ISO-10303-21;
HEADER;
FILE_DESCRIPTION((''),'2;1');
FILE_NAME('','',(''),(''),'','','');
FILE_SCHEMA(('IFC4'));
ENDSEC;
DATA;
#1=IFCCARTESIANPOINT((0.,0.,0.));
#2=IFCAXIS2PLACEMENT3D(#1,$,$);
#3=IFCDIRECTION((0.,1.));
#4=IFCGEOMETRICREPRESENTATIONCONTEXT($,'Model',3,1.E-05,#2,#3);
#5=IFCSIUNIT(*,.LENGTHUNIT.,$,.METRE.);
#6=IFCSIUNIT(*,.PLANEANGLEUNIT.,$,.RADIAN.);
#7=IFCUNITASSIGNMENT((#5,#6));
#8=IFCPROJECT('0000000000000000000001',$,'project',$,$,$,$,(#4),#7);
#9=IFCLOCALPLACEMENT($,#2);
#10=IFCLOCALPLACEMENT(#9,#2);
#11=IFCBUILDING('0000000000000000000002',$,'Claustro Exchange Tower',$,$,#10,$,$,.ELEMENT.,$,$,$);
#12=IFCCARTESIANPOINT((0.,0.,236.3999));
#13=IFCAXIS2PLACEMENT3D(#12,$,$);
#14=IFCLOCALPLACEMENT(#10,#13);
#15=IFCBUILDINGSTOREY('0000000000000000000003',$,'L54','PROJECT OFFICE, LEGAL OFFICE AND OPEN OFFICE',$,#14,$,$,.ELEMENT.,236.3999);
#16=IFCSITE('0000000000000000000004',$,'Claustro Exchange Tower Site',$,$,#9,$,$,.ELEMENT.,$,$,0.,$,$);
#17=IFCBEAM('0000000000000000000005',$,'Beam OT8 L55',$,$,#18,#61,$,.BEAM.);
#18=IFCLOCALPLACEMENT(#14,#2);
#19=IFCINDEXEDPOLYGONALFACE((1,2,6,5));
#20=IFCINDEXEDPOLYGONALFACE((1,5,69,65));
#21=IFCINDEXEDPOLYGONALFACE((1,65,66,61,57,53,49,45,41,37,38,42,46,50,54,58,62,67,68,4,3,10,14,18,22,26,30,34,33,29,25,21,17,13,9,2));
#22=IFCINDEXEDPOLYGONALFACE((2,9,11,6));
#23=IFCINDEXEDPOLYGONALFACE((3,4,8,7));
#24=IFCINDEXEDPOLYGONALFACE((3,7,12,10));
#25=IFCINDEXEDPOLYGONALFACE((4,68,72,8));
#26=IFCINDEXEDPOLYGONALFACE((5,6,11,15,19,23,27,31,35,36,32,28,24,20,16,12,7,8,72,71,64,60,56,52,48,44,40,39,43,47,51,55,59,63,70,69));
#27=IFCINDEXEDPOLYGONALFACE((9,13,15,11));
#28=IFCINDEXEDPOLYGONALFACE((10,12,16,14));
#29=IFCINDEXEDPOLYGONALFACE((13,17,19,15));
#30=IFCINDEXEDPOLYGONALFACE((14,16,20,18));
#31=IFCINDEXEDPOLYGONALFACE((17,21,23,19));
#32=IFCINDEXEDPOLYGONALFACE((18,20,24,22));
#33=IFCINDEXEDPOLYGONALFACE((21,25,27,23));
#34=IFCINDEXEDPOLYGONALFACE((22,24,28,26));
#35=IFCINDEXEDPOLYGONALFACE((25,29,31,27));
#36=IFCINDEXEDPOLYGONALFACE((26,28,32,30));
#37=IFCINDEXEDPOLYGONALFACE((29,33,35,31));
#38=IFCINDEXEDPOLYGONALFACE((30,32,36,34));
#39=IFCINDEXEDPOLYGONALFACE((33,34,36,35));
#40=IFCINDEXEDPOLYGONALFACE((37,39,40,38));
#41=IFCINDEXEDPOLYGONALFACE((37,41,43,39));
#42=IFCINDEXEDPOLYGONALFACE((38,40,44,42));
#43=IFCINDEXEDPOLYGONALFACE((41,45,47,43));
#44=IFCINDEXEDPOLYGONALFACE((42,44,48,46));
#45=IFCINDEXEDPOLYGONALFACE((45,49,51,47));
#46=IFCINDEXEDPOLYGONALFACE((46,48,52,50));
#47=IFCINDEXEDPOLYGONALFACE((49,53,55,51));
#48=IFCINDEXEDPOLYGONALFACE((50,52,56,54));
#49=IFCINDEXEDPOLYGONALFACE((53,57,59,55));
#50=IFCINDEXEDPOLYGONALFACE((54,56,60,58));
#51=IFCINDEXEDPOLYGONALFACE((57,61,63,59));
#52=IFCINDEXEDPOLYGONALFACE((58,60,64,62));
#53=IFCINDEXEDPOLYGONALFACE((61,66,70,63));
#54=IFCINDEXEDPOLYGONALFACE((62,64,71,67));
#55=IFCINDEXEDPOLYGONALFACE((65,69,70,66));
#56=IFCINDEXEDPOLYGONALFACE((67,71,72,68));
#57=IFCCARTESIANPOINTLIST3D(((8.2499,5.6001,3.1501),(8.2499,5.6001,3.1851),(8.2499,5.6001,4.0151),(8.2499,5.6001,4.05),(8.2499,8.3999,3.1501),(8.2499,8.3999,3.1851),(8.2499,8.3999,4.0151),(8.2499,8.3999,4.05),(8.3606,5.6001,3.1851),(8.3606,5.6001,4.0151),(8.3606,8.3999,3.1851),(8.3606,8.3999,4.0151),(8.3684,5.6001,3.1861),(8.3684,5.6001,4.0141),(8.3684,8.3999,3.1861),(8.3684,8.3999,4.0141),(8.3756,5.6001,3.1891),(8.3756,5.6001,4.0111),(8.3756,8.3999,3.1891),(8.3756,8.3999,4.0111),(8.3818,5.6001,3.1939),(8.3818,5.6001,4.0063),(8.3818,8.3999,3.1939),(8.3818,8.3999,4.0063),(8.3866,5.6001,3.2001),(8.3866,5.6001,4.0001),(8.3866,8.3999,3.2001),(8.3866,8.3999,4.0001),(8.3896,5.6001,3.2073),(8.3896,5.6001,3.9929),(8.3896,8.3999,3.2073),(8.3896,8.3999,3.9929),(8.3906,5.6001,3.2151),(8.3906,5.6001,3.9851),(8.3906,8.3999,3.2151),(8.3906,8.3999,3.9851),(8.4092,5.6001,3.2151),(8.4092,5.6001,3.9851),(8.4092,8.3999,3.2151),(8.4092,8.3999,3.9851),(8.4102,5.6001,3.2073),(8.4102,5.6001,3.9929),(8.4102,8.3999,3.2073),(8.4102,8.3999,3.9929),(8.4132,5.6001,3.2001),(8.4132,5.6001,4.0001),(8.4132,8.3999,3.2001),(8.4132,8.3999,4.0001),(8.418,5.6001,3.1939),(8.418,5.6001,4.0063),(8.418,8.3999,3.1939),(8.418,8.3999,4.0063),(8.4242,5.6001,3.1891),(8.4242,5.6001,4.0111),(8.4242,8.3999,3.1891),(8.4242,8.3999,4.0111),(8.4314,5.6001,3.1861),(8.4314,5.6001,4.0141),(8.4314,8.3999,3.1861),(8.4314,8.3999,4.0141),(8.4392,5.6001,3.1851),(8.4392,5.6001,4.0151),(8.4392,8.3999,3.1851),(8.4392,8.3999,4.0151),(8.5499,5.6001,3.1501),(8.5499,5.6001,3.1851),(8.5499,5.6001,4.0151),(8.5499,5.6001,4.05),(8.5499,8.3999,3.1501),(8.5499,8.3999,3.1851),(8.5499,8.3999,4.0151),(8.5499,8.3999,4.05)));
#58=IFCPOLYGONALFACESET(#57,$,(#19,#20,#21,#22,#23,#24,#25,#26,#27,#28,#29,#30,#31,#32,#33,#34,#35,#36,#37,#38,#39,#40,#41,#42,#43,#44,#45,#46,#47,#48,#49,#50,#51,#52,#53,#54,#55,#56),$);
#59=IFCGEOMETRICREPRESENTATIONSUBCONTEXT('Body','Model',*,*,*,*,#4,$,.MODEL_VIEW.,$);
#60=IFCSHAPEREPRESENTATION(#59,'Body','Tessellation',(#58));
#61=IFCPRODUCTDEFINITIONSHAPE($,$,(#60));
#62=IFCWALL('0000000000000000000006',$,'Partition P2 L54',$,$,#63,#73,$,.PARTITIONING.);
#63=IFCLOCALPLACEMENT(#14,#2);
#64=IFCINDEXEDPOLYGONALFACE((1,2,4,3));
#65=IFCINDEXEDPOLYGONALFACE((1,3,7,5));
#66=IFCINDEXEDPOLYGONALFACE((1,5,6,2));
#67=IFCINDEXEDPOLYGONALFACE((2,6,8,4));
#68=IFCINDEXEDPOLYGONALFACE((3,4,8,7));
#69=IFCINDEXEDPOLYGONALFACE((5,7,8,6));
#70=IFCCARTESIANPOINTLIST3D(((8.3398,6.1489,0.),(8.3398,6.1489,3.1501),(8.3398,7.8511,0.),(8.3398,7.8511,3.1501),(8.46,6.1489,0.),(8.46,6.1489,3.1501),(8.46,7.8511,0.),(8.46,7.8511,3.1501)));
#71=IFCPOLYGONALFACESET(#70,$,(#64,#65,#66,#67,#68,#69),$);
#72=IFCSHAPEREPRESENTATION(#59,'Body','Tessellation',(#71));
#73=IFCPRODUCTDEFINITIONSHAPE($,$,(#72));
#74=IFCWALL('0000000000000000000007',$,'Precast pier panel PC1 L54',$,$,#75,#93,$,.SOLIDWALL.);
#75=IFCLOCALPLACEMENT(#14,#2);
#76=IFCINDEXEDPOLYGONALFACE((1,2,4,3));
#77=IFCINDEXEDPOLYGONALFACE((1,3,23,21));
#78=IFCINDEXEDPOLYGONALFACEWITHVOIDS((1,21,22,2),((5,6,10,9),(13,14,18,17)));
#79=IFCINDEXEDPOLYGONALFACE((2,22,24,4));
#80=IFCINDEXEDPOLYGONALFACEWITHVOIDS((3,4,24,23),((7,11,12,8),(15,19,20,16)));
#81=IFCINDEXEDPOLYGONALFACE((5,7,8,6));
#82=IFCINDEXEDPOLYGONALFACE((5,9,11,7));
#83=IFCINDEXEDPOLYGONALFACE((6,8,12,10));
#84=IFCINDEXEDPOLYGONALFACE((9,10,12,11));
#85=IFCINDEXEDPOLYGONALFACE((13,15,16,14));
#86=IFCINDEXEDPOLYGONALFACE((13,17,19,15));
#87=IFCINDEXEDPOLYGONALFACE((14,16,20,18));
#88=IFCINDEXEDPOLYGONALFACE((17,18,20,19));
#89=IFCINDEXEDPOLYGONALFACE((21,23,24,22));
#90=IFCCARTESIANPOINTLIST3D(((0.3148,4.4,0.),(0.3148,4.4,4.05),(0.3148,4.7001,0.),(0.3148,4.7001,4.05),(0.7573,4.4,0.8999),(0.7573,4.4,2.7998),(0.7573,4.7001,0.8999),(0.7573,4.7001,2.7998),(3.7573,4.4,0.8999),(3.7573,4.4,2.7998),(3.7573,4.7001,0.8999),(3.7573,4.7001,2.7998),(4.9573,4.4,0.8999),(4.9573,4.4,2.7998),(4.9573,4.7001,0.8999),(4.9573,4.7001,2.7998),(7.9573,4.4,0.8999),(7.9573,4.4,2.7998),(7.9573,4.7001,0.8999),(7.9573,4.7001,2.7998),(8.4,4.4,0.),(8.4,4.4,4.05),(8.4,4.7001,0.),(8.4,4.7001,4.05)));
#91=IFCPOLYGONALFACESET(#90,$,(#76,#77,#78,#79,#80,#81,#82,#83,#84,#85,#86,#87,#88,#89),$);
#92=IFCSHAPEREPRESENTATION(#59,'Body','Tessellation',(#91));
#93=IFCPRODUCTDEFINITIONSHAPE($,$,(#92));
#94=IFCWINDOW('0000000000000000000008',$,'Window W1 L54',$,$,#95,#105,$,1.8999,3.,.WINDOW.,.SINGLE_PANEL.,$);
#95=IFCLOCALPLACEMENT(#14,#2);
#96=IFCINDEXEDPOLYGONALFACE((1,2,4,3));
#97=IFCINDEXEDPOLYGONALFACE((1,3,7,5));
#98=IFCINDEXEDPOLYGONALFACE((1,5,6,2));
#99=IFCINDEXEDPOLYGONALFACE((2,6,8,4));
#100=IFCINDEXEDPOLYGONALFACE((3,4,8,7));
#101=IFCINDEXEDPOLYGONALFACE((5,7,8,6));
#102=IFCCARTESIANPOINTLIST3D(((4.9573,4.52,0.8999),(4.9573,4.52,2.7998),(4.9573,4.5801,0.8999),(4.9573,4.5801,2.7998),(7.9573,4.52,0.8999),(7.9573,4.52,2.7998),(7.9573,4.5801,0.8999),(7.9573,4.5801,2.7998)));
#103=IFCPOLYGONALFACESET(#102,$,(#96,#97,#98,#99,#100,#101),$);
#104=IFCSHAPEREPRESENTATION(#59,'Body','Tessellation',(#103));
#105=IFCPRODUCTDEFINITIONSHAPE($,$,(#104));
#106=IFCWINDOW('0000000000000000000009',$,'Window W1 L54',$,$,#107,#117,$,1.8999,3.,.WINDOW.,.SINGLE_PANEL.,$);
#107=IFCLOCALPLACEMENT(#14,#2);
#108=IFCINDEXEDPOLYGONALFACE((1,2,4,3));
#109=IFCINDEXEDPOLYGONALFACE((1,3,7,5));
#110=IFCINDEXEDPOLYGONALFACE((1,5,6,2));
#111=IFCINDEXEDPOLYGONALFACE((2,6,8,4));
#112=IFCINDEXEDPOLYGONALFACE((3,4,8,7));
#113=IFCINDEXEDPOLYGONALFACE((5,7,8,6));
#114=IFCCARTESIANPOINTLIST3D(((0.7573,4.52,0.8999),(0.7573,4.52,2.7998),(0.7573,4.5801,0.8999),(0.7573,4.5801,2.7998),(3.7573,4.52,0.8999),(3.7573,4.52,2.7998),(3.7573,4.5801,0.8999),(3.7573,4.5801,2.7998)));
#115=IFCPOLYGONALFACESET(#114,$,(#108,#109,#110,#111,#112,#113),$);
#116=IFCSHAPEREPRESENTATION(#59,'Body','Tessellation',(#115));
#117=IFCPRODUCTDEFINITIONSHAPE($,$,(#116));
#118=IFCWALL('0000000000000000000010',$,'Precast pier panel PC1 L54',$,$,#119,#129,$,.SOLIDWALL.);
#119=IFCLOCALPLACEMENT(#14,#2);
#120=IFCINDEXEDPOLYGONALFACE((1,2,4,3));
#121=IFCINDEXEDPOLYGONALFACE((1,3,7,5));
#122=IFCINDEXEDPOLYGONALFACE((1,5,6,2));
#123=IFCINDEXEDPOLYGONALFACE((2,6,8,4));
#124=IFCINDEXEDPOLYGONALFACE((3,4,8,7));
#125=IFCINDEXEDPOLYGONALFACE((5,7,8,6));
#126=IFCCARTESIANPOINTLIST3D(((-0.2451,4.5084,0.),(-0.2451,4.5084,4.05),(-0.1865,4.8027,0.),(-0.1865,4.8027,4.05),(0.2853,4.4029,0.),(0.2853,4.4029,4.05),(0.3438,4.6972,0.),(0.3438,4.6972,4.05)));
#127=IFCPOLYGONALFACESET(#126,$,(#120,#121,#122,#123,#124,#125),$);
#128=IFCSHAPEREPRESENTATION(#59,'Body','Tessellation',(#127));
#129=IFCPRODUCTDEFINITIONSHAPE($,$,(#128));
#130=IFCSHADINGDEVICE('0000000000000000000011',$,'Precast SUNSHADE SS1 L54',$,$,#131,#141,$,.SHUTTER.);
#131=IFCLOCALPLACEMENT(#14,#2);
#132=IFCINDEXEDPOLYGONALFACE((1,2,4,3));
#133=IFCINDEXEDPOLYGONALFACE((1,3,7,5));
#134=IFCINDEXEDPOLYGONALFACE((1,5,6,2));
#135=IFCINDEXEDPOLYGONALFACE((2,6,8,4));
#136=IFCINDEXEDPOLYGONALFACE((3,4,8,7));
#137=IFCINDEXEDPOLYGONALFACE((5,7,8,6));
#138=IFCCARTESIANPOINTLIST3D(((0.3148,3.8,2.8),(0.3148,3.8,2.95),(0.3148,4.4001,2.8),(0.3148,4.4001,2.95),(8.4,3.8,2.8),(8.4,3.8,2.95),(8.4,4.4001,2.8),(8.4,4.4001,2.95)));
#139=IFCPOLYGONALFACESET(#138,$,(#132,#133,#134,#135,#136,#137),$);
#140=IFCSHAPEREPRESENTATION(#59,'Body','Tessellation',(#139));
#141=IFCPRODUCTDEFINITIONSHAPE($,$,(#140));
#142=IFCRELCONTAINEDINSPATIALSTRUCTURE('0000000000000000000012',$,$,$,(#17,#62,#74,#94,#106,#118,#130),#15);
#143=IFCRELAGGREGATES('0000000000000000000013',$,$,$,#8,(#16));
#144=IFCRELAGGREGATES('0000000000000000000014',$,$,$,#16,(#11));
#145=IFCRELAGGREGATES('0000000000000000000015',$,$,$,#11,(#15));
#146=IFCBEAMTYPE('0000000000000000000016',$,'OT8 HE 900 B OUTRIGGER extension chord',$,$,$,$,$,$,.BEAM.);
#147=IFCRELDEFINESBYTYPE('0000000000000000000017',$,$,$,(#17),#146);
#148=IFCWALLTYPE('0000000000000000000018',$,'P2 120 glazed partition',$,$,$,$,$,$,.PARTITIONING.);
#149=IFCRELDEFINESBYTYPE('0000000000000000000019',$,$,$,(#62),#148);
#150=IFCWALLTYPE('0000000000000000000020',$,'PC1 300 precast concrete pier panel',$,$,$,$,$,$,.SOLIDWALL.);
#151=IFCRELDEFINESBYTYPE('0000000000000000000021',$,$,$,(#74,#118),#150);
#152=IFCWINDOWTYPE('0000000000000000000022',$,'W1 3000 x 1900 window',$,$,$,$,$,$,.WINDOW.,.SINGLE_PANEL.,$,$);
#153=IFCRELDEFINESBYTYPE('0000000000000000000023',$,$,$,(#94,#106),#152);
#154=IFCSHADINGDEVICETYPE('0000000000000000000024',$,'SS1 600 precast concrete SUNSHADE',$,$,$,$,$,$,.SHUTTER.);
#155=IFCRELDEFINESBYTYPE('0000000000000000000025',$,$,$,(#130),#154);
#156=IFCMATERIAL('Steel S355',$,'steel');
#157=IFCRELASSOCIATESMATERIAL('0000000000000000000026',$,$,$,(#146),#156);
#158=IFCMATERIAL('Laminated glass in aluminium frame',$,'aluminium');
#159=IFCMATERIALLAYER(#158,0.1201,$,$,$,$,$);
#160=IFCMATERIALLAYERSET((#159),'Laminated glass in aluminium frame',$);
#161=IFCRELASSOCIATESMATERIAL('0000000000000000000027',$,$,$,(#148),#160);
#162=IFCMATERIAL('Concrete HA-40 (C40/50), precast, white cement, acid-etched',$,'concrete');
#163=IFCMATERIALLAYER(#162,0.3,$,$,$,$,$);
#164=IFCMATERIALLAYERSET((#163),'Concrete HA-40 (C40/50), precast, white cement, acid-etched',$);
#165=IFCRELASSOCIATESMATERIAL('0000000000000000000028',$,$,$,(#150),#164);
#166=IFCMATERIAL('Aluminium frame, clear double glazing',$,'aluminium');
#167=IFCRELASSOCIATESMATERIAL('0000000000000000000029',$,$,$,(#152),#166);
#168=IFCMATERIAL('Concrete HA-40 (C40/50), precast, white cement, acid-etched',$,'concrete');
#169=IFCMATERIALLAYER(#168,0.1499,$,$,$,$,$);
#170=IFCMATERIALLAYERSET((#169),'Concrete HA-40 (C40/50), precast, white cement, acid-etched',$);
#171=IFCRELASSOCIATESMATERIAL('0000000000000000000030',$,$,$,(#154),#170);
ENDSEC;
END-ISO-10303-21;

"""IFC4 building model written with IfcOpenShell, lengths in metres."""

from ifc_helpers import new_model, si_unit, direction, frame, frame_2d, origin, origin_2d, place, context, subcontext, project, spatial, rectangle, i_section, extrude, material, layer, layer_set, material_profile, profile_set, type_object, element, fill, save


model = new_model("IFC4")

# Units and contexts
model_context = context("Model", 3, precision=1e-05, world=origin(), true_north=direction((0.0, 1.0)))
body_context = subcontext(model_context, "Body", "Model", "MODEL_VIEW")
ifc_project = project(units=[si_unit("LENGTHUNIT", "METRE"), si_unit("PLANEANGLEUNIT", "RADIAN")], contexts=[model_context])

# Site, building, storey
site_placement = place(None, origin())
site = spatial("IfcSite", under=ifc_project, at=site_placement, Name="Claustro Exchange Tower Site", CompositionType="ELEMENT", RefElevation=0.0)
building_placement = place(site_placement, origin())
building = spatial("IfcBuilding", under=site, at=building_placement, Name="Claustro Exchange Tower", CompositionType="ELEMENT")
storey_placement = place(building_placement, frame((0.0, 0.0, 236.3999)))
storey = spatial("IfcBuildingStorey", under=building, at=storey_placement, Name="L54", Description="PROJECT OFFICE, LEGAL OFFICE AND OPEN OFFICE", CompositionType="ELEMENT", Elevation=236.3999)

# Beam
ifc_material_1 = material(Name="Steel S355", Category="steel")
ifc_material_profile_1 = material_profile(ifc_material_1, i_section(OverallWidth=0.3, OverallDepth=0.8999, WebThickness=0.0186, FlangeThickness=0.0349, FilletRadius=0.03, at=origin_2d()), Name="HE 900 B")
ifc_profile_set_1 = profile_set([ifc_material_profile_1], Name="Steel S355")
beam_type_1 = type_object("IfcBeamType", Name="OT8 HE 900 B OUTRIGGER extension chord", PredefinedType="BEAM", material=ifc_profile_set_1)
beam_1_placement = place(storey_placement, frame((8.3999, 5.6001, 3.6001), z_axis=(0.0, 1.0, 0.0), x_axis=(-1.0, 0.0, 0.0)))
element("IfcBeam", 1, at=beam_1_placement, inside=storey, type_object=beam_type_1, Name="Beam OT8 L55", PredefinedType="BEAM", context=body_context, shape_type="SweptSolid", body=[
    extrude(i_section(OverallWidth=0.3, OverallDepth=0.8999, WebThickness=0.0186, FlangeThickness=0.0349, FilletRadius=0.03, at=origin_2d()), origin(), (0.0, 0.0, 1.0), 2.7998),
])

# Wall
ifc_material_2 = material(Name="Laminated glass in aluminium frame", Category="aluminium")
ifc_layer_1 = layer(ifc_material_2, 0.1201)
ifc_layer_set_1 = layer_set([ifc_layer_1], Name="Laminated glass in aluminium frame")
wall_type_1 = type_object("IfcWallType", Name="P2 120 glazed partition", PredefinedType="PARTITIONING", material=ifc_layer_set_1)
wall_1_placement = place(storey_placement, frame((8.3999, 6.1489, 0.0), z_axis=(0.0, 0.0, 1.0), x_axis=(0.0, 1.0, 0.0)))
element("IfcWall", 2, at=wall_1_placement, inside=storey, type_object=wall_type_1, Name="Partition P2 L54", PredefinedType="PARTITIONING", context=body_context, shape_type="SweptSolid", body=[
    extrude(rectangle(XDim=1.7021, YDim=0.1201, at=frame_2d((0.8511, 0.0))), origin(), (0.0, 0.0, 1.0), 3.1501),
])

# Wall, openings, windows
ifc_material_3 = material(Name="Concrete HA-40 (C40/50), precast, white cement, acid-etched", Category="concrete")
ifc_layer_2 = layer(ifc_material_3, 0.3)
ifc_layer_set_2 = layer_set([ifc_layer_2], Name="Concrete HA-40 (C40/50), precast, white cement, acid-etched")
wall_type_2 = type_object("IfcWallType", Name="PC1 300 precast concrete pier panel", PredefinedType="SOLIDWALL", material=ifc_layer_set_2)
wall_2_placement = place(storey_placement, frame((8.3999, 4.55, 0.0), z_axis=(0.0, 0.0, 1.0), x_axis=(-1.0, 0.0, 0.0)))
wall_2 = element("IfcWall", 3, at=wall_2_placement, inside=storey, type_object=wall_type_2, Name="Precast pier panel PC1 L54", PredefinedType="SOLIDWALL", context=body_context, shape_type="SweptSolid", body=[
    extrude(rectangle(XDim=8.0852, YDim=0.3, at=frame_2d((4.0425, 0.0))), origin(), (0.0, 0.0, 1.0), 4.05),
])
opening_1_placement = place(wall_2_placement, frame((0.4426, 0.0, 0.8999)))
opening_1 = element("IfcOpeningElement", 4, at=opening_1_placement, cuts=wall_2, PredefinedType="OPENING", context=body_context, shape_type="SweptSolid", body=[
    extrude(rectangle(XDim=3.0, YDim=1.8999, at=frame_2d((1.5, 0.95))), frame((0.0, 0.1599, 0.0), z_axis=(0.0, -1.0, 0.0), x_axis=(1.0, 0.0, 0.0)), (0.0, 0.0, 1.0), 0.3201),
])
opening_2_placement = place(wall_2_placement, frame((4.6426, 0.0, 0.8999)))
opening_2 = element("IfcOpeningElement", 5, at=opening_2_placement, cuts=wall_2, PredefinedType="OPENING", context=body_context, shape_type="SweptSolid", body=[
    extrude(rectangle(XDim=3.0, YDim=1.8999, at=frame_2d((1.5, 0.95))), frame((0.0, 0.1599, 0.0), z_axis=(0.0, -1.0, 0.0), x_axis=(1.0, 0.0, 0.0)), (0.0, 0.0, 1.0), 0.3201),
])
ifc_material_4 = material(Name="Aluminium frame, clear double glazing", Category="aluminium")
window_type = type_object("IfcWindowType", Name="W1 3000 x 1900 window", PartitioningType="SINGLE_PANEL", PredefinedType="WINDOW", material=ifc_material_4)
window_1_placement = place(opening_1_placement, origin())
window_1 = element("IfcWindow", 6, at=window_1_placement, inside=storey, type_object=window_type, Name="Window W1 L54", OverallHeight=1.8999, OverallWidth=3.0, PartitioningType="SINGLE_PANEL", PredefinedType="WINDOW", context=body_context, shape_type="SweptSolid", body=[
    extrude(rectangle(XDim=3.0, YDim=1.8999, at=frame_2d((1.5, 0.95))), frame((0.0, 0.03, 0.0), z_axis=(0.0, -1.0, 0.0), x_axis=(1.0, 0.0, 0.0)), (0.0, 0.0, 1.0), 0.0601),
])
fill(opening_1, window_1)
window_2_placement = place(opening_2_placement, origin())
window_2 = element("IfcWindow", 7, at=window_2_placement, inside=storey, type_object=window_type, Name="Window W1 L54", OverallHeight=1.8999, OverallWidth=3.0, PartitioningType="SINGLE_PANEL", PredefinedType="WINDOW", context=body_context, shape_type="SweptSolid", body=[
    extrude(rectangle(XDim=3.0, YDim=1.8999, at=frame_2d((1.5, 0.95))), frame((0.0, 0.03, 0.0), z_axis=(0.0, -1.0, 0.0), x_axis=(1.0, 0.0, 0.0)), (0.0, 0.0, 1.0), 0.0601),
])
fill(opening_2, window_2)

# Wall
wall_3_placement = place(storey_placement, frame((0.3147, 4.55, 0.0), z_axis=(0.0, 0.0, 1.0), x_axis=(-0.980789, 0.195074, 0.0)))
element("IfcWall", 8, at=wall_3_placement, inside=storey, type_object=wall_type_2, Name="Precast pier panel PC1 L54", PredefinedType="SOLIDWALL", context=body_context, shape_type="SweptSolid", body=[
    extrude(rectangle(XDim=0.5408, YDim=0.3, at=frame_2d((0.2705, 0.0))), origin(), (0.0, 0.0, 1.0), 4.05),
])

# Shading device
ifc_material_5 = material(Name="Concrete HA-40 (C40/50), precast, white cement, acid-etched", Category="concrete")
ifc_layer_3 = layer(ifc_material_5, 0.1499)
ifc_layer_set_3 = layer_set([ifc_layer_3], Name="Concrete HA-40 (C40/50), precast, white cement, acid-etched")
shading_device_type = type_object("IfcShadingDeviceType", Name="SS1 600 precast concrete SUNSHADE", PredefinedType="SHUTTER", material=ifc_layer_set_3)
shading_device_placement = place(storey_placement, frame((4.3574, 4.1001, 2.8), z_axis=(0.0, 0.0, 1.0), x_axis=(-1.0, 0.0, 0.0)))
element("IfcShadingDevice", 9, at=shading_device_placement, inside=storey, type_object=shading_device_type, Name="Precast SUNSHADE SS1 L54", PredefinedType="SHUTTER", context=body_context, shape_type="SweptSolid", body=[
    extrude(rectangle(XDim=8.0852, YDim=0.6001, at=origin_2d()), origin(), (0.0, 0.0, 1.0), 0.1499),
])

save(model, "model.ifc")
